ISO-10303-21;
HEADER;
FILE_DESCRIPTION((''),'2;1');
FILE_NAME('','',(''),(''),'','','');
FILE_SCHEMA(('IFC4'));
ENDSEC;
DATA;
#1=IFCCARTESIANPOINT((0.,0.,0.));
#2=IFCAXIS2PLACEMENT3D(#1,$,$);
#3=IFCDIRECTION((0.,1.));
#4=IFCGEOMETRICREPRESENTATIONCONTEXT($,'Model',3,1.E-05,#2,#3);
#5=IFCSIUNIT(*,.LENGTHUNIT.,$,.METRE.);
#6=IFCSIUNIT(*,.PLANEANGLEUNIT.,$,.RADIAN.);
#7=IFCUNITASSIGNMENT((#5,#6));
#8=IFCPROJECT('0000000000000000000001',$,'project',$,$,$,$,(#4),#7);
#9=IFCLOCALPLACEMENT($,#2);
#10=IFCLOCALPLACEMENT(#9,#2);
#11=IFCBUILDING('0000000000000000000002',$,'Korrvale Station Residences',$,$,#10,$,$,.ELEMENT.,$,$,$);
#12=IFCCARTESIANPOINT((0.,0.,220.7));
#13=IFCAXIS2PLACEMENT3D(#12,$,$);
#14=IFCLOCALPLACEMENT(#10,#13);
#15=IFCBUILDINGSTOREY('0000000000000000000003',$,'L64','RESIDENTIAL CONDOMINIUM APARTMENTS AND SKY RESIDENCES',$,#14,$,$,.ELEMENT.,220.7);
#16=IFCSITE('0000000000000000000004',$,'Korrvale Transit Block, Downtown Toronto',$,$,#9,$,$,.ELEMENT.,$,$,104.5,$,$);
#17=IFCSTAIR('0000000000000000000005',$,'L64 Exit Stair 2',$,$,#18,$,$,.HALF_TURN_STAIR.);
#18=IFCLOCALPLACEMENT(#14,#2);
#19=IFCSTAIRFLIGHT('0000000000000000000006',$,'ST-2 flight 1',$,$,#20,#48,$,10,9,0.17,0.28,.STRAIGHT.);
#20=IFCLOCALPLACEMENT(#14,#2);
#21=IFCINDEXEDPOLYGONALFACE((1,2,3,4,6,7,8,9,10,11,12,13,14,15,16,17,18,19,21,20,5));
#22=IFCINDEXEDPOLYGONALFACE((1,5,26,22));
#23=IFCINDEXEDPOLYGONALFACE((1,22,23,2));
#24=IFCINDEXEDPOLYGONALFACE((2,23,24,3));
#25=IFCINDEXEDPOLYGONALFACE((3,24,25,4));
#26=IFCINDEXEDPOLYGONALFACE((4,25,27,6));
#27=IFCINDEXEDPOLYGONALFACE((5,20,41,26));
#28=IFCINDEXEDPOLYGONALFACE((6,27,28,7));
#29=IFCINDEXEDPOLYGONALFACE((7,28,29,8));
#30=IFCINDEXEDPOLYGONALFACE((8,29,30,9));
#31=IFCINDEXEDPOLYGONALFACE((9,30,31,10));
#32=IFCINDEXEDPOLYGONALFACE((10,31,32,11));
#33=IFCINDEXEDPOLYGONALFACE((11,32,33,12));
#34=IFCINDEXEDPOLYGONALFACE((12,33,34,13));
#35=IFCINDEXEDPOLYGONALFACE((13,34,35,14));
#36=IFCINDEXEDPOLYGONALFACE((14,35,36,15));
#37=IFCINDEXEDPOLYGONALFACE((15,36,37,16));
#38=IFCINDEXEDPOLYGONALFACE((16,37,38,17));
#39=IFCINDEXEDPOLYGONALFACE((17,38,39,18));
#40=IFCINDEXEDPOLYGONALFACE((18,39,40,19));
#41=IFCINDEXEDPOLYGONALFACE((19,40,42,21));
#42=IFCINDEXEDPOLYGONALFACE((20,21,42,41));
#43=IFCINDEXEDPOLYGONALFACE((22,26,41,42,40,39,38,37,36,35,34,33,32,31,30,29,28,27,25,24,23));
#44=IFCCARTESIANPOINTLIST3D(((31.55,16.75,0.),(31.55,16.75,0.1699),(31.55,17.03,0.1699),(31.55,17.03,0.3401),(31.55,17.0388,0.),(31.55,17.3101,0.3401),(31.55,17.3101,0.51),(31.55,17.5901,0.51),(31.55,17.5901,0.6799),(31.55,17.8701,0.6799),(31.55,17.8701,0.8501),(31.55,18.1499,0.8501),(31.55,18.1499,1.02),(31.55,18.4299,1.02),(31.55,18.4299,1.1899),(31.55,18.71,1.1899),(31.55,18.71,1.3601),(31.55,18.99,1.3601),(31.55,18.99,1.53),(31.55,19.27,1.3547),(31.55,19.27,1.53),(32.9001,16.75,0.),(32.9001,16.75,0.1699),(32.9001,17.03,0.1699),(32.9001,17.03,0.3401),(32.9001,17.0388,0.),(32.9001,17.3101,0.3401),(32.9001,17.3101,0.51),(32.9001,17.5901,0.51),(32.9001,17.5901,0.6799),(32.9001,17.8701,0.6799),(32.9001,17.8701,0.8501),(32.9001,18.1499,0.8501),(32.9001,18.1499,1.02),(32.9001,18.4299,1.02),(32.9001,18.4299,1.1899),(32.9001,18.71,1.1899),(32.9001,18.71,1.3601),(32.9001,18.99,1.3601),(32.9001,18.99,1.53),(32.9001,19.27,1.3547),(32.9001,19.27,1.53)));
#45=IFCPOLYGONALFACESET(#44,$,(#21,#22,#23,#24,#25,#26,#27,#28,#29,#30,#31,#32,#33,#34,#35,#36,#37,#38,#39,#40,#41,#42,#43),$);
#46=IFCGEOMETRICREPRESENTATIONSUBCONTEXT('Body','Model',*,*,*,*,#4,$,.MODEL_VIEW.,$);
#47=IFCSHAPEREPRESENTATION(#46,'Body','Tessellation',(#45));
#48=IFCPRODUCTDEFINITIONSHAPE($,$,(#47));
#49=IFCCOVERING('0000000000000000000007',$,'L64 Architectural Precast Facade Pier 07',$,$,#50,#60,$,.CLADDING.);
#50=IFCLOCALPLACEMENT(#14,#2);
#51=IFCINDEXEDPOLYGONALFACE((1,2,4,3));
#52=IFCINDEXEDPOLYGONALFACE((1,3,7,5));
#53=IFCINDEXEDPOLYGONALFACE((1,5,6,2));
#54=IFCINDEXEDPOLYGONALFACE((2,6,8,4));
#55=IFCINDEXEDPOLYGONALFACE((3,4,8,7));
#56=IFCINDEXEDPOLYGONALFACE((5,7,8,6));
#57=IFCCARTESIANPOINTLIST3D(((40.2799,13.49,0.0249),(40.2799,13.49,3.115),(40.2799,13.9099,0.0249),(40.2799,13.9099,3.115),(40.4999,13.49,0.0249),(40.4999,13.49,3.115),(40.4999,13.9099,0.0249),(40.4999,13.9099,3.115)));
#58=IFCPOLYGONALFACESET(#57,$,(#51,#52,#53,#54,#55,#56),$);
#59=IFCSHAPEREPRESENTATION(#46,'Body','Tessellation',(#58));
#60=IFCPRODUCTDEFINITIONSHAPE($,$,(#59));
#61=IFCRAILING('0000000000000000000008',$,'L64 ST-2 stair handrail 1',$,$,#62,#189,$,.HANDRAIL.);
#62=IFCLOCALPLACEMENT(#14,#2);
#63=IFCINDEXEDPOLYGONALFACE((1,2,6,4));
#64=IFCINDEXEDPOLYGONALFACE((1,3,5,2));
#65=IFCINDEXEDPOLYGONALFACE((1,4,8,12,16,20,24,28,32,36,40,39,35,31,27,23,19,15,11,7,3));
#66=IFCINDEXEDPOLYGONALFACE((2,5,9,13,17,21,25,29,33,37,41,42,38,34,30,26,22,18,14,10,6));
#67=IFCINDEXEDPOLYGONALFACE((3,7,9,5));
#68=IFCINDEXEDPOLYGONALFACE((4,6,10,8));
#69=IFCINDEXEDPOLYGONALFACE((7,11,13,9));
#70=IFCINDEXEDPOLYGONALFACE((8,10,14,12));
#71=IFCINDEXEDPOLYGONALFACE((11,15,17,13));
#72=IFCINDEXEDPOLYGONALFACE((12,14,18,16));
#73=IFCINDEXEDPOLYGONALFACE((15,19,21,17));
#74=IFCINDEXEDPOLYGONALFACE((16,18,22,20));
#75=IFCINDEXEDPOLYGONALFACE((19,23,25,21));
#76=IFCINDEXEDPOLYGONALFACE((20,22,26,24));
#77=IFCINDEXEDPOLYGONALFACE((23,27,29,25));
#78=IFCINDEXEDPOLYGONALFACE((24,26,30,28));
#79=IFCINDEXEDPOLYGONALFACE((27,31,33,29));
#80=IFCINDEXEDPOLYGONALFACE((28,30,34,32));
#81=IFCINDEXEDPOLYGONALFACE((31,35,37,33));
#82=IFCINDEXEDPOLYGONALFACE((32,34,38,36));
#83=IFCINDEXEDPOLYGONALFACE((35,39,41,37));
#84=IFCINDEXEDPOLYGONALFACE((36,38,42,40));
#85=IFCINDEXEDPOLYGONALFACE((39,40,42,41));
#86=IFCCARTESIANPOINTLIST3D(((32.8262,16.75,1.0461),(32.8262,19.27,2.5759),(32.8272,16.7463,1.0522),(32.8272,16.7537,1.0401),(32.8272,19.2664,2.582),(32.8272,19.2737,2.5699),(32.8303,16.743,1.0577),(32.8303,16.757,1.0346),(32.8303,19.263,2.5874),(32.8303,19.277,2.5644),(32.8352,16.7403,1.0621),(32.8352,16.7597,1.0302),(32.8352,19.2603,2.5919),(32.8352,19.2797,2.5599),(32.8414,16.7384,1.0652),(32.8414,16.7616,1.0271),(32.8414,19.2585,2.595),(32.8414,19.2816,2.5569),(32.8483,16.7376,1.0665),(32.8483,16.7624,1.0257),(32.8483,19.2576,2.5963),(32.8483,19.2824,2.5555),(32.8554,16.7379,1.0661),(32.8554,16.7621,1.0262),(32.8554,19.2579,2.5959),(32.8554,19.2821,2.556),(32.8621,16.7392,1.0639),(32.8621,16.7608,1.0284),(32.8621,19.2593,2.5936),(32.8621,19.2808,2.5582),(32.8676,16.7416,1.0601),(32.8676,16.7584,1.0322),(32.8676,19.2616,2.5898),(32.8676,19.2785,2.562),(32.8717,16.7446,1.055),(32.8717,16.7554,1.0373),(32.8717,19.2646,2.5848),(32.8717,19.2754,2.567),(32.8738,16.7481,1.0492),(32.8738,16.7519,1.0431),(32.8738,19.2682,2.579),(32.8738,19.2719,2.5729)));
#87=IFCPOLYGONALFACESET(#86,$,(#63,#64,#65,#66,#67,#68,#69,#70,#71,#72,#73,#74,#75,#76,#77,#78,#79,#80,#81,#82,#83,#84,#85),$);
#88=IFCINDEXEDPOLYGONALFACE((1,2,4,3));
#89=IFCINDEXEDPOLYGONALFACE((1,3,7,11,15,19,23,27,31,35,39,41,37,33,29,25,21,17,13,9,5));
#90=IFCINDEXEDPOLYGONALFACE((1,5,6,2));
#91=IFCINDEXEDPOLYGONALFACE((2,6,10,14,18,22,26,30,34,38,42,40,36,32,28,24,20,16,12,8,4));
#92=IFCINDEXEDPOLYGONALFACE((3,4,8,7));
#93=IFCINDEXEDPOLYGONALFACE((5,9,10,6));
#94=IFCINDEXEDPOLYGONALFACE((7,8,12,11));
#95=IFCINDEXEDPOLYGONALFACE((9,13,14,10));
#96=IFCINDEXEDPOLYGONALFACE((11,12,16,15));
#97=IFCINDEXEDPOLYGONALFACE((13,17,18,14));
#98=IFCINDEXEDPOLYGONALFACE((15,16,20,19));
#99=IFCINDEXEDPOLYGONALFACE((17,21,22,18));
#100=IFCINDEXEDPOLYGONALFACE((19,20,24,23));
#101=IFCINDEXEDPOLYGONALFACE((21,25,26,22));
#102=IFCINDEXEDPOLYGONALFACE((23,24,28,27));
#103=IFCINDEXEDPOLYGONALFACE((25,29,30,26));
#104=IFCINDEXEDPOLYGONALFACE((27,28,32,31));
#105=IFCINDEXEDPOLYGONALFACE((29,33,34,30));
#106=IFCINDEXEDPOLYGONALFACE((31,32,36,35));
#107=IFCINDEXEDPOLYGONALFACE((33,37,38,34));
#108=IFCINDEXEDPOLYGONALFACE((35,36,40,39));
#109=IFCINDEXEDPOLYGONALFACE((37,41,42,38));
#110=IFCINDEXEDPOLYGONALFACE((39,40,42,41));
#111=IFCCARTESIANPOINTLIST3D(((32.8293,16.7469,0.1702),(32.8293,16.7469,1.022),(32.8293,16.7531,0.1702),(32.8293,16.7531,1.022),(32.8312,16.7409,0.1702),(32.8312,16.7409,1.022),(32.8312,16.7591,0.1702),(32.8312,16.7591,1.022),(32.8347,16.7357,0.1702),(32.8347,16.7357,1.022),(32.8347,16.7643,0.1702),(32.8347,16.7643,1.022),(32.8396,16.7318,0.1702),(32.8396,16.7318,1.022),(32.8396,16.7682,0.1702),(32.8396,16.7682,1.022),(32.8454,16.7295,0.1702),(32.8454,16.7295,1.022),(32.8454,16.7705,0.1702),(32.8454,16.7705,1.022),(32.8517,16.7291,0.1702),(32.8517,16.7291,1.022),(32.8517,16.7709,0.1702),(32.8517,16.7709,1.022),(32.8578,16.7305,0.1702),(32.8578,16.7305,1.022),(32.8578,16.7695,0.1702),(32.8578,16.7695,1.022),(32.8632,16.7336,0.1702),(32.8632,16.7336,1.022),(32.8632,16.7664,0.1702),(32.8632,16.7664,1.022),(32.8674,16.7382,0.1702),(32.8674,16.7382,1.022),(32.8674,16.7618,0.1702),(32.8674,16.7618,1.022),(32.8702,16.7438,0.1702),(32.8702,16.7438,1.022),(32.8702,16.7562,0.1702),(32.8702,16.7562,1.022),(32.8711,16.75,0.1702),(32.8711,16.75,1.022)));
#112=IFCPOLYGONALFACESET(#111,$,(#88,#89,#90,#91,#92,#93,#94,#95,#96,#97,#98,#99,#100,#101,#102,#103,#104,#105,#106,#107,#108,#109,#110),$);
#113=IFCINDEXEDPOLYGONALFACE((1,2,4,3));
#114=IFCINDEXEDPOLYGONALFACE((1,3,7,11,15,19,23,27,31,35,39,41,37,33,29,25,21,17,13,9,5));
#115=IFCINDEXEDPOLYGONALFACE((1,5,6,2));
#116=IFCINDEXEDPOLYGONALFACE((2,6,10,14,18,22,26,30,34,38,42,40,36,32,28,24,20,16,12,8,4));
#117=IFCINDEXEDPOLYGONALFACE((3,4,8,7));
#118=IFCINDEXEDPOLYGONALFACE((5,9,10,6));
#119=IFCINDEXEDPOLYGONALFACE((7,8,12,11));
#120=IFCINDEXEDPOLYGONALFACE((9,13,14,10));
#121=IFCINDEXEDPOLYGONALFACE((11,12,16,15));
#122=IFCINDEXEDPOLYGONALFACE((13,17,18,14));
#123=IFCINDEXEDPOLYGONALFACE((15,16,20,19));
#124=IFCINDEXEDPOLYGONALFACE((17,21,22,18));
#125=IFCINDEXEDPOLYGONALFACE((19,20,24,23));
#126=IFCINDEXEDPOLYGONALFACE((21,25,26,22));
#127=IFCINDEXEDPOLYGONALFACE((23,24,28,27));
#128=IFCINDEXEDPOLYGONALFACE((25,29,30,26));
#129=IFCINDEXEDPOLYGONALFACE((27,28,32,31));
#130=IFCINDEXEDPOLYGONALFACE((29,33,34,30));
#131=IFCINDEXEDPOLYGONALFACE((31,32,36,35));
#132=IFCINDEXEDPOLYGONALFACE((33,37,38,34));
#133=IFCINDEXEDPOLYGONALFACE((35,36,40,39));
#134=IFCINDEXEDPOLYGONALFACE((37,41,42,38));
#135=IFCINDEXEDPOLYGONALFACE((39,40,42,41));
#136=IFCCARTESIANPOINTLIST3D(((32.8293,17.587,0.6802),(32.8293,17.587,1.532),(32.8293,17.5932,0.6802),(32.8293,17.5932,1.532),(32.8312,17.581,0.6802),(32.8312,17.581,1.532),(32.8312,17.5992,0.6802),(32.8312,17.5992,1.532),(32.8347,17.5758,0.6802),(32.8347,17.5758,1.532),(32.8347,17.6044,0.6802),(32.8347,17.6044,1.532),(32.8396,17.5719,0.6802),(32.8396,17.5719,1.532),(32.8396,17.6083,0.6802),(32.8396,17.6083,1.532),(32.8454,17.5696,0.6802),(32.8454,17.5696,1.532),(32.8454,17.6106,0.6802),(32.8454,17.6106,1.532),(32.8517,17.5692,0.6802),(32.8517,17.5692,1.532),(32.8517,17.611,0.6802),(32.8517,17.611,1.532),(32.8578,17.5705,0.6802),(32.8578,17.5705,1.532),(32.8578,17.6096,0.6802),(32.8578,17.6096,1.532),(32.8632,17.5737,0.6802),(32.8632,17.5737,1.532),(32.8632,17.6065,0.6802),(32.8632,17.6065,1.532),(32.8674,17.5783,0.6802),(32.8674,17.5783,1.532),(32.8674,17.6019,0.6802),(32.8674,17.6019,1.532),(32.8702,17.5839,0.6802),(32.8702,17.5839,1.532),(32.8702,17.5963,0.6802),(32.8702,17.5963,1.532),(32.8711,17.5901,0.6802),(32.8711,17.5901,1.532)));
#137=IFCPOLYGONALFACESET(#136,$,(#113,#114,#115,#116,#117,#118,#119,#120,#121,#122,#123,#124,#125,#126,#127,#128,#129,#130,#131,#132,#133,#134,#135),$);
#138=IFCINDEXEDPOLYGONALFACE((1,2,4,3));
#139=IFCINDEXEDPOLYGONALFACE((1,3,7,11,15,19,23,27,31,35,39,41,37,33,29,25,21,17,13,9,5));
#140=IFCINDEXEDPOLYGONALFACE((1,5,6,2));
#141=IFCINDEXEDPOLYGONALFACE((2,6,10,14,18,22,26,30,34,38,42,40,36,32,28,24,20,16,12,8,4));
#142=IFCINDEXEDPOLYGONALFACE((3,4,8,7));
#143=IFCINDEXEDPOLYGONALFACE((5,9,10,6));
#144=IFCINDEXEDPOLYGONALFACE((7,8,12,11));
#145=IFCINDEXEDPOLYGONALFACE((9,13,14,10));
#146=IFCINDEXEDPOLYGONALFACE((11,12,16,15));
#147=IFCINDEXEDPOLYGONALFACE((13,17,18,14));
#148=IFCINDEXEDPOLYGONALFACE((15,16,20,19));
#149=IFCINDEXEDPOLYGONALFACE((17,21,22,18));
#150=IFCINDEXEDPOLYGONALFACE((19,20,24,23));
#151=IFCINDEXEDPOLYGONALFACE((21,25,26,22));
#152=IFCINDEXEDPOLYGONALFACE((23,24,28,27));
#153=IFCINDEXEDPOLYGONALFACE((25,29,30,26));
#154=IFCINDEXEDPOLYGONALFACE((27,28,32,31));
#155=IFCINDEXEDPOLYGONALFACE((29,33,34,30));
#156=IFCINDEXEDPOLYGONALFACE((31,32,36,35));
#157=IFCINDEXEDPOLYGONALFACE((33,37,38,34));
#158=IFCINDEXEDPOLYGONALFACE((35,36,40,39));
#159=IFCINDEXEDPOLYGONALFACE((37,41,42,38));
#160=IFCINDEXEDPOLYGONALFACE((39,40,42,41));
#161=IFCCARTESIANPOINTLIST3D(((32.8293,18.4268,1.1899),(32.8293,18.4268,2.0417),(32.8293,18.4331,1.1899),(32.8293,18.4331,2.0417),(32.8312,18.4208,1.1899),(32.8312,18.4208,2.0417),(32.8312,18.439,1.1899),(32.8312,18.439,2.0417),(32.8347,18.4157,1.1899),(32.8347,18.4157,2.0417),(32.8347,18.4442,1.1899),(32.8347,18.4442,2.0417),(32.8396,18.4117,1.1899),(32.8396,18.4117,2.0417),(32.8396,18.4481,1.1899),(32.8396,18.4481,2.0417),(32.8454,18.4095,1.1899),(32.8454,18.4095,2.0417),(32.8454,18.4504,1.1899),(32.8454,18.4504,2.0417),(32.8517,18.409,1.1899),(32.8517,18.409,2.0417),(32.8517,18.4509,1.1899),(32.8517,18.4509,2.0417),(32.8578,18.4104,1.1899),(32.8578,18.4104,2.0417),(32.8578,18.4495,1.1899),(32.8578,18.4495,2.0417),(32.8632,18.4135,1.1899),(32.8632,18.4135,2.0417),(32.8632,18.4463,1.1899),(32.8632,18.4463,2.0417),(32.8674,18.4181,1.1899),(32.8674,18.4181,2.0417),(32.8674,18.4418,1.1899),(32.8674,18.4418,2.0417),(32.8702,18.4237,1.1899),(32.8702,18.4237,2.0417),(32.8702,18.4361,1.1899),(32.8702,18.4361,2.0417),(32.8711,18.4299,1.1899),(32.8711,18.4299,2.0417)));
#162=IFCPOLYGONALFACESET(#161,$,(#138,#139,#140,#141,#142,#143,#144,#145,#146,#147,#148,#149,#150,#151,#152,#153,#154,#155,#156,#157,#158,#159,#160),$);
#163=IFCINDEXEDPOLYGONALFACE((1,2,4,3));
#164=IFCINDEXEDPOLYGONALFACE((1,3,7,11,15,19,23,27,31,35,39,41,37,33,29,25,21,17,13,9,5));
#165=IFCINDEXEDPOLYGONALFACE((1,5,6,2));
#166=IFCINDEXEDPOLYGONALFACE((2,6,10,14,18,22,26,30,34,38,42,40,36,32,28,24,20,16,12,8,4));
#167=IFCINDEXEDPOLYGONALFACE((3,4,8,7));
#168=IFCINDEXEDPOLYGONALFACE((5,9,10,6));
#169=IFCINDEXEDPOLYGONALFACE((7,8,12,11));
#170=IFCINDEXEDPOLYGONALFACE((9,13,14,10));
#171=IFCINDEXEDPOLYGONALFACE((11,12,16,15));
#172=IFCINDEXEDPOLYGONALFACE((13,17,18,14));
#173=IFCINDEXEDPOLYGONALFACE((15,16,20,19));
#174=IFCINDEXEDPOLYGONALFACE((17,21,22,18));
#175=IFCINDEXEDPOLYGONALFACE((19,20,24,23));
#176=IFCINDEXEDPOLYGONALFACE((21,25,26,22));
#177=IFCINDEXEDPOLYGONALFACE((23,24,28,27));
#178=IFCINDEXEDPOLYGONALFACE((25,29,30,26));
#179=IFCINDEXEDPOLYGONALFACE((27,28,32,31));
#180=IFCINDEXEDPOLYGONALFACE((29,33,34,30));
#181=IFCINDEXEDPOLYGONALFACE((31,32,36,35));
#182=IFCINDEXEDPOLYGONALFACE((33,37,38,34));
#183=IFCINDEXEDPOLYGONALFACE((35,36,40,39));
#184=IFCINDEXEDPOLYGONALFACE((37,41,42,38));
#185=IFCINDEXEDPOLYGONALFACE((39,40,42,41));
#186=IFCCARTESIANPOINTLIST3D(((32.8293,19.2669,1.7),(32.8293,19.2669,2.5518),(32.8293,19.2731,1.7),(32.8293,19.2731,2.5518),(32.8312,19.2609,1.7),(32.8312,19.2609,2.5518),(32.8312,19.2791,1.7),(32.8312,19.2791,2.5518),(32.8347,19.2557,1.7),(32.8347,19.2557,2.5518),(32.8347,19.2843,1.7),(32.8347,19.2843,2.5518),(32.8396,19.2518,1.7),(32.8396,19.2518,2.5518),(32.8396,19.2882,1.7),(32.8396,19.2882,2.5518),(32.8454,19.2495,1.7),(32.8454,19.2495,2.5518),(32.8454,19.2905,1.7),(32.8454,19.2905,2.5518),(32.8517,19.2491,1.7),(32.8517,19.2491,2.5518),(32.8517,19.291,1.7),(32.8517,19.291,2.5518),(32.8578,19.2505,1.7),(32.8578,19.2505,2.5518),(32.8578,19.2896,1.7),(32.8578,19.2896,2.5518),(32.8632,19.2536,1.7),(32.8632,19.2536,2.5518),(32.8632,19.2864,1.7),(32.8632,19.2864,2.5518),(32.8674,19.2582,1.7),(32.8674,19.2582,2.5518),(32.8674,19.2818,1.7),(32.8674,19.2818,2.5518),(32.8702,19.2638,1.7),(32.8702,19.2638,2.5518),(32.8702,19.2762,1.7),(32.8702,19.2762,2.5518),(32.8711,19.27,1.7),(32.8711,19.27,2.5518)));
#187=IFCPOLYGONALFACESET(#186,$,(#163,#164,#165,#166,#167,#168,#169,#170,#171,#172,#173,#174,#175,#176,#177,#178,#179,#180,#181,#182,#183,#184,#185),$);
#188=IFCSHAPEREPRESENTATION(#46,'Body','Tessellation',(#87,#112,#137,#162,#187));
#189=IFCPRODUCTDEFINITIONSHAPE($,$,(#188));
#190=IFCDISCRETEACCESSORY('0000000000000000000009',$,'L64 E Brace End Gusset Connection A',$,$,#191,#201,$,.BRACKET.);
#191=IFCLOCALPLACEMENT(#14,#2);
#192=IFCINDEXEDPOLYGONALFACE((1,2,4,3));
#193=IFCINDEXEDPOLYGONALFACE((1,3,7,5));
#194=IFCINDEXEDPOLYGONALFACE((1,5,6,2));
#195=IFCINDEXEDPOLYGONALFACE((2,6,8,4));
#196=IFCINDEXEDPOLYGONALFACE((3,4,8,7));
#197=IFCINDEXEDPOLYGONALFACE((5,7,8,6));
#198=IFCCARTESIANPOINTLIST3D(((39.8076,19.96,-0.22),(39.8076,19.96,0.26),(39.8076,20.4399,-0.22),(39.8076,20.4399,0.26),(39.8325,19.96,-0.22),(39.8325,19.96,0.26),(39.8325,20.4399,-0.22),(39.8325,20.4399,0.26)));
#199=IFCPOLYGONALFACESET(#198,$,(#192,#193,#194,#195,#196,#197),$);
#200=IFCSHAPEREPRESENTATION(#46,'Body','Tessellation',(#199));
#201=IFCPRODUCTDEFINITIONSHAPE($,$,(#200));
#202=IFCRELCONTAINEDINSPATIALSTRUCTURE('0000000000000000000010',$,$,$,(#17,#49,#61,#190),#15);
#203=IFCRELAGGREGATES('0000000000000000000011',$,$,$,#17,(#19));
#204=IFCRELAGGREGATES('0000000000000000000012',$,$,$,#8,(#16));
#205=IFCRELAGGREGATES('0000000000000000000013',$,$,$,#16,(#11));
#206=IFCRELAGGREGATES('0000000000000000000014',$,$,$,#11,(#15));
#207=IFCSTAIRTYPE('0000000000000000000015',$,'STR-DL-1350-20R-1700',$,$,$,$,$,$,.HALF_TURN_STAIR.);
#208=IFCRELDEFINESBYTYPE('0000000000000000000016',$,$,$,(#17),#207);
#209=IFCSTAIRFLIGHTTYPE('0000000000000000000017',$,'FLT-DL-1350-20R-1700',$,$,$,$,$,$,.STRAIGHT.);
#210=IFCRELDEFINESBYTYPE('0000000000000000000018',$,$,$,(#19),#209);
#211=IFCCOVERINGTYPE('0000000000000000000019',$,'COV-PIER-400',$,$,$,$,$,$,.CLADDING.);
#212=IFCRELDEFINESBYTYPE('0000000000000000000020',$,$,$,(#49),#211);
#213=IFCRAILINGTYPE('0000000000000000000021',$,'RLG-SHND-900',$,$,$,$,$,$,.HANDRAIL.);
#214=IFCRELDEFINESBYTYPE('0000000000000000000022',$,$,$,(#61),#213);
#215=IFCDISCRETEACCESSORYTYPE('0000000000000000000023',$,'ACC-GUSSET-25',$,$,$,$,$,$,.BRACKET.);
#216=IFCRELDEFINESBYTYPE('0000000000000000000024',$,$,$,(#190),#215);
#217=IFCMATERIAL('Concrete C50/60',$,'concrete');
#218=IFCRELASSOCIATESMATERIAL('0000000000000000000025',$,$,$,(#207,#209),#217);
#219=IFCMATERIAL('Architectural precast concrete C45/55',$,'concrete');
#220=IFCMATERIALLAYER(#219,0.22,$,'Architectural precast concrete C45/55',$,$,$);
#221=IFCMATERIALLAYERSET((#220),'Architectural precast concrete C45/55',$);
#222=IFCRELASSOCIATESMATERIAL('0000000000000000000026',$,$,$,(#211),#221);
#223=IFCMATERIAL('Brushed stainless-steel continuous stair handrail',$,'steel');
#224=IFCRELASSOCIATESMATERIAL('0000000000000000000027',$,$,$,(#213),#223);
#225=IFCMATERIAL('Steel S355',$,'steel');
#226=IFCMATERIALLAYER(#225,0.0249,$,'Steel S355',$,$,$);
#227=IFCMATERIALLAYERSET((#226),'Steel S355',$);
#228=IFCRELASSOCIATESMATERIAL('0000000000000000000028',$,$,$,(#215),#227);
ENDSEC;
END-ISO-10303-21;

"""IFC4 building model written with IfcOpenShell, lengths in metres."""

from ifc_helpers import new_model, si_unit, direction, frame, origin, origin_2d, place, context, subcontext, project, spatial, polyline, rectangle, circle, outline, extrude, material, layer, layer_set, type_object, element, aggregate, save


model = new_model("IFC4")

# Units and contexts
model_context = context("Model", 3, precision=1e-05, world=origin(), true_north=direction((0.0, 1.0)))
body_context = subcontext(model_context, "Body", "Model", "MODEL_VIEW")
ifc_project = project(units=[si_unit("LENGTHUNIT", "METRE"), si_unit("PLANEANGLEUNIT", "RADIAN")], contexts=[model_context])

# Site, building, storey
site_placement = place(None, origin())
site = spatial("IfcSite", under=ifc_project, at=site_placement, Name="Korrvale Transit Block, Downtown Toronto", CompositionType="ELEMENT", RefElevation=104.5)
building_placement = place(site_placement, origin())
building = spatial("IfcBuilding", under=site, at=building_placement, Name="Korrvale Station Residences", CompositionType="ELEMENT")
storey_placement = place(building_placement, frame((0.0, 0.0, 220.7)))
storey = spatial("IfcBuildingStorey", under=building, at=storey_placement, Name="L64", Description="RESIDENTIAL CONDOMINIUM APARTMENTS AND SKY RESIDENCES", CompositionType="ELEMENT", Elevation=220.7)

# Shared definitions
ifc_material_1 = material(Name="Concrete C50/60", Category="concrete")

# Shared definitions
ifc_material_2 = material(Name="Steel S355", Category="steel")

# Stair, stair flight
stair_type = type_object("IfcStairType", Name="STR-DL-1350-20R-1700", PredefinedType="HALF_TURN_STAIR", material=ifc_material_1)
stair_placement = place(storey_placement, origin())
stair = element("IfcStair", 1, at=stair_placement, inside=storey, type_object=stair_type, Name="L64 Exit Stair 2", PredefinedType="HALF_TURN_STAIR")
stair_flight_type = type_object("IfcStairFlightType", Name="FLT-DL-1350-20R-1700", PredefinedType="STRAIGHT", material=ifc_material_1)
stair_flight_placement = place(storey_placement, frame((32.2251, 16.75, 0.0), z_axis=(0.0, 0.0, 1.0), x_axis=(0.0, 1.0, 0.0)))
stair_flight = element("IfcStairFlight", 2, at=stair_flight_placement, type_object=stair_flight_type, Name="ST-2 flight 1", NumberOfRisers=10, NumberOfTreads=9, PredefinedType="STRAIGHT", RiserHeight=0.17, TreadLength=0.28, context=body_context, shape_type="SweptSolid", body=[
    extrude(outline(polyline([(0.0, 0.0), (0.0, 0.1699), (0.28, 0.1699), (0.28, 0.3401), (0.5601, 0.3401), (0.5601, 0.51), (0.8401, 0.51), (0.8401, 0.6799), (1.1201, 0.6799), (1.1201, 0.8501), (1.3999, 0.8501), (1.3999, 1.02), (1.6799, 1.02), (1.6799, 1.1899), (1.96, 1.1899), (1.96, 1.3601), (2.24, 1.3601), (2.24, 1.53), (2.52, 1.53), (2.52, 1.7), (2.52, 1.3547), (0.2888, 0.0), (0.0, 0.0)])), frame((0.0, 0.675, 0.0), z_axis=(0.0, -1.0, 0.0), x_axis=(1.0, 0.0, 0.0)), (0.0, 0.0, 1.0), 1.3501),
])
aggregate(stair, [stair_flight])

# Covering
ifc_material_3 = material(Name="Architectural precast concrete C45/55", Category="concrete")
ifc_layer_1 = layer(ifc_material_3, 0.22, Name="Architectural precast concrete C45/55")
ifc_layer_set_1 = layer_set([ifc_layer_1], Name="Architectural precast concrete C45/55")
covering_type = type_object("IfcCoveringType", Name="COV-PIER-400", PredefinedType="CLADDING", material=ifc_layer_set_1)
covering_placement = place(storey_placement, frame((40.3899, 13.7, 0.0249), z_axis=(0.0, 0.0, 1.0), x_axis=(0.0, 1.0, 0.0)))
element("IfcCovering", 3, at=covering_placement, inside=storey, type_object=covering_type, Name="L64 Architectural Precast Facade Pier 07", PredefinedType="CLADDING", context=body_context, shape_type="SweptSolid", body=[
    extrude(rectangle(XDim=0.4199, YDim=0.22, at=origin_2d()), origin(), (0.0, 0.0, 1.0), 3.0901),
])

# Railing
ifc_material_4 = material(Name="Brushed stainless-steel continuous stair handrail", Category="steel")
railing_type = type_object("IfcRailingType", Name="RLG-SHND-900", PredefinedType="HANDRAIL", material=ifc_material_4)
railing_placement = place(storey_placement, frame((32.8501, 16.75, 0.1702)))
element("IfcRailing", 4, at=railing_placement, inside=storey, type_object=railing_type, Name="L64 ST-2 stair handrail 1", PredefinedType="HANDRAIL", context=body_context, shape_type="SweptSolid", body=[
    extrude(circle(Radius=0.0239, at=origin_2d()), frame((0.0, 0.0, 0.876), z_axis=(0.0, 0.854822, 0.518922), x_axis=(-1.0, 0.0, 0.0)), (0.0, 0.0, 1.0), 2.948),
    extrude(circle(Radius=0.021, at=origin_2d()), origin(), (0.0, 0.0, 1.0), 0.8518),
    extrude(circle(Radius=0.021, at=origin_2d()), frame((0.0, 0.8401, 0.51)), (0.0, 0.0, 1.0), 0.8518),
    extrude(circle(Radius=0.021, at=origin_2d()), frame((0.0, 1.6799, 1.0198)), (0.0, 0.0, 1.0), 0.8518),
    extrude(circle(Radius=0.021, at=origin_2d()), frame((0.0, 2.52, 1.5298)), (0.0, 0.0, 1.0), 0.8518),
])

# Discrete accessory
ifc_layer_2 = layer(ifc_material_2, 0.0249, Name="Steel S355")
ifc_layer_set_2 = layer_set([ifc_layer_2], Name="Steel S355")
discrete_accessory_type = type_object("IfcDiscreteAccessoryType", Name="ACC-GUSSET-25", PredefinedType="BRACKET", material=ifc_layer_set_2)
discrete_accessory_placement = place(storey_placement, frame((39.8201, 20.2, -0.22), z_axis=(0.0, 0.0, 1.0), x_axis=(0.0, 1.0, 0.0)))
element("IfcDiscreteAccessory", 5, at=discrete_accessory_placement, inside=storey, type_object=discrete_accessory_type, Name="L64 E Brace End Gusset Connection A", PredefinedType="BRACKET", context=body_context, shape_type="SweptSolid", body=[
    extrude(rectangle(XDim=0.48, YDim=0.0249, at=origin_2d()), origin(), (0.0, 0.0, 1.0), 0.48),
])

save(model, "model.ifc")
